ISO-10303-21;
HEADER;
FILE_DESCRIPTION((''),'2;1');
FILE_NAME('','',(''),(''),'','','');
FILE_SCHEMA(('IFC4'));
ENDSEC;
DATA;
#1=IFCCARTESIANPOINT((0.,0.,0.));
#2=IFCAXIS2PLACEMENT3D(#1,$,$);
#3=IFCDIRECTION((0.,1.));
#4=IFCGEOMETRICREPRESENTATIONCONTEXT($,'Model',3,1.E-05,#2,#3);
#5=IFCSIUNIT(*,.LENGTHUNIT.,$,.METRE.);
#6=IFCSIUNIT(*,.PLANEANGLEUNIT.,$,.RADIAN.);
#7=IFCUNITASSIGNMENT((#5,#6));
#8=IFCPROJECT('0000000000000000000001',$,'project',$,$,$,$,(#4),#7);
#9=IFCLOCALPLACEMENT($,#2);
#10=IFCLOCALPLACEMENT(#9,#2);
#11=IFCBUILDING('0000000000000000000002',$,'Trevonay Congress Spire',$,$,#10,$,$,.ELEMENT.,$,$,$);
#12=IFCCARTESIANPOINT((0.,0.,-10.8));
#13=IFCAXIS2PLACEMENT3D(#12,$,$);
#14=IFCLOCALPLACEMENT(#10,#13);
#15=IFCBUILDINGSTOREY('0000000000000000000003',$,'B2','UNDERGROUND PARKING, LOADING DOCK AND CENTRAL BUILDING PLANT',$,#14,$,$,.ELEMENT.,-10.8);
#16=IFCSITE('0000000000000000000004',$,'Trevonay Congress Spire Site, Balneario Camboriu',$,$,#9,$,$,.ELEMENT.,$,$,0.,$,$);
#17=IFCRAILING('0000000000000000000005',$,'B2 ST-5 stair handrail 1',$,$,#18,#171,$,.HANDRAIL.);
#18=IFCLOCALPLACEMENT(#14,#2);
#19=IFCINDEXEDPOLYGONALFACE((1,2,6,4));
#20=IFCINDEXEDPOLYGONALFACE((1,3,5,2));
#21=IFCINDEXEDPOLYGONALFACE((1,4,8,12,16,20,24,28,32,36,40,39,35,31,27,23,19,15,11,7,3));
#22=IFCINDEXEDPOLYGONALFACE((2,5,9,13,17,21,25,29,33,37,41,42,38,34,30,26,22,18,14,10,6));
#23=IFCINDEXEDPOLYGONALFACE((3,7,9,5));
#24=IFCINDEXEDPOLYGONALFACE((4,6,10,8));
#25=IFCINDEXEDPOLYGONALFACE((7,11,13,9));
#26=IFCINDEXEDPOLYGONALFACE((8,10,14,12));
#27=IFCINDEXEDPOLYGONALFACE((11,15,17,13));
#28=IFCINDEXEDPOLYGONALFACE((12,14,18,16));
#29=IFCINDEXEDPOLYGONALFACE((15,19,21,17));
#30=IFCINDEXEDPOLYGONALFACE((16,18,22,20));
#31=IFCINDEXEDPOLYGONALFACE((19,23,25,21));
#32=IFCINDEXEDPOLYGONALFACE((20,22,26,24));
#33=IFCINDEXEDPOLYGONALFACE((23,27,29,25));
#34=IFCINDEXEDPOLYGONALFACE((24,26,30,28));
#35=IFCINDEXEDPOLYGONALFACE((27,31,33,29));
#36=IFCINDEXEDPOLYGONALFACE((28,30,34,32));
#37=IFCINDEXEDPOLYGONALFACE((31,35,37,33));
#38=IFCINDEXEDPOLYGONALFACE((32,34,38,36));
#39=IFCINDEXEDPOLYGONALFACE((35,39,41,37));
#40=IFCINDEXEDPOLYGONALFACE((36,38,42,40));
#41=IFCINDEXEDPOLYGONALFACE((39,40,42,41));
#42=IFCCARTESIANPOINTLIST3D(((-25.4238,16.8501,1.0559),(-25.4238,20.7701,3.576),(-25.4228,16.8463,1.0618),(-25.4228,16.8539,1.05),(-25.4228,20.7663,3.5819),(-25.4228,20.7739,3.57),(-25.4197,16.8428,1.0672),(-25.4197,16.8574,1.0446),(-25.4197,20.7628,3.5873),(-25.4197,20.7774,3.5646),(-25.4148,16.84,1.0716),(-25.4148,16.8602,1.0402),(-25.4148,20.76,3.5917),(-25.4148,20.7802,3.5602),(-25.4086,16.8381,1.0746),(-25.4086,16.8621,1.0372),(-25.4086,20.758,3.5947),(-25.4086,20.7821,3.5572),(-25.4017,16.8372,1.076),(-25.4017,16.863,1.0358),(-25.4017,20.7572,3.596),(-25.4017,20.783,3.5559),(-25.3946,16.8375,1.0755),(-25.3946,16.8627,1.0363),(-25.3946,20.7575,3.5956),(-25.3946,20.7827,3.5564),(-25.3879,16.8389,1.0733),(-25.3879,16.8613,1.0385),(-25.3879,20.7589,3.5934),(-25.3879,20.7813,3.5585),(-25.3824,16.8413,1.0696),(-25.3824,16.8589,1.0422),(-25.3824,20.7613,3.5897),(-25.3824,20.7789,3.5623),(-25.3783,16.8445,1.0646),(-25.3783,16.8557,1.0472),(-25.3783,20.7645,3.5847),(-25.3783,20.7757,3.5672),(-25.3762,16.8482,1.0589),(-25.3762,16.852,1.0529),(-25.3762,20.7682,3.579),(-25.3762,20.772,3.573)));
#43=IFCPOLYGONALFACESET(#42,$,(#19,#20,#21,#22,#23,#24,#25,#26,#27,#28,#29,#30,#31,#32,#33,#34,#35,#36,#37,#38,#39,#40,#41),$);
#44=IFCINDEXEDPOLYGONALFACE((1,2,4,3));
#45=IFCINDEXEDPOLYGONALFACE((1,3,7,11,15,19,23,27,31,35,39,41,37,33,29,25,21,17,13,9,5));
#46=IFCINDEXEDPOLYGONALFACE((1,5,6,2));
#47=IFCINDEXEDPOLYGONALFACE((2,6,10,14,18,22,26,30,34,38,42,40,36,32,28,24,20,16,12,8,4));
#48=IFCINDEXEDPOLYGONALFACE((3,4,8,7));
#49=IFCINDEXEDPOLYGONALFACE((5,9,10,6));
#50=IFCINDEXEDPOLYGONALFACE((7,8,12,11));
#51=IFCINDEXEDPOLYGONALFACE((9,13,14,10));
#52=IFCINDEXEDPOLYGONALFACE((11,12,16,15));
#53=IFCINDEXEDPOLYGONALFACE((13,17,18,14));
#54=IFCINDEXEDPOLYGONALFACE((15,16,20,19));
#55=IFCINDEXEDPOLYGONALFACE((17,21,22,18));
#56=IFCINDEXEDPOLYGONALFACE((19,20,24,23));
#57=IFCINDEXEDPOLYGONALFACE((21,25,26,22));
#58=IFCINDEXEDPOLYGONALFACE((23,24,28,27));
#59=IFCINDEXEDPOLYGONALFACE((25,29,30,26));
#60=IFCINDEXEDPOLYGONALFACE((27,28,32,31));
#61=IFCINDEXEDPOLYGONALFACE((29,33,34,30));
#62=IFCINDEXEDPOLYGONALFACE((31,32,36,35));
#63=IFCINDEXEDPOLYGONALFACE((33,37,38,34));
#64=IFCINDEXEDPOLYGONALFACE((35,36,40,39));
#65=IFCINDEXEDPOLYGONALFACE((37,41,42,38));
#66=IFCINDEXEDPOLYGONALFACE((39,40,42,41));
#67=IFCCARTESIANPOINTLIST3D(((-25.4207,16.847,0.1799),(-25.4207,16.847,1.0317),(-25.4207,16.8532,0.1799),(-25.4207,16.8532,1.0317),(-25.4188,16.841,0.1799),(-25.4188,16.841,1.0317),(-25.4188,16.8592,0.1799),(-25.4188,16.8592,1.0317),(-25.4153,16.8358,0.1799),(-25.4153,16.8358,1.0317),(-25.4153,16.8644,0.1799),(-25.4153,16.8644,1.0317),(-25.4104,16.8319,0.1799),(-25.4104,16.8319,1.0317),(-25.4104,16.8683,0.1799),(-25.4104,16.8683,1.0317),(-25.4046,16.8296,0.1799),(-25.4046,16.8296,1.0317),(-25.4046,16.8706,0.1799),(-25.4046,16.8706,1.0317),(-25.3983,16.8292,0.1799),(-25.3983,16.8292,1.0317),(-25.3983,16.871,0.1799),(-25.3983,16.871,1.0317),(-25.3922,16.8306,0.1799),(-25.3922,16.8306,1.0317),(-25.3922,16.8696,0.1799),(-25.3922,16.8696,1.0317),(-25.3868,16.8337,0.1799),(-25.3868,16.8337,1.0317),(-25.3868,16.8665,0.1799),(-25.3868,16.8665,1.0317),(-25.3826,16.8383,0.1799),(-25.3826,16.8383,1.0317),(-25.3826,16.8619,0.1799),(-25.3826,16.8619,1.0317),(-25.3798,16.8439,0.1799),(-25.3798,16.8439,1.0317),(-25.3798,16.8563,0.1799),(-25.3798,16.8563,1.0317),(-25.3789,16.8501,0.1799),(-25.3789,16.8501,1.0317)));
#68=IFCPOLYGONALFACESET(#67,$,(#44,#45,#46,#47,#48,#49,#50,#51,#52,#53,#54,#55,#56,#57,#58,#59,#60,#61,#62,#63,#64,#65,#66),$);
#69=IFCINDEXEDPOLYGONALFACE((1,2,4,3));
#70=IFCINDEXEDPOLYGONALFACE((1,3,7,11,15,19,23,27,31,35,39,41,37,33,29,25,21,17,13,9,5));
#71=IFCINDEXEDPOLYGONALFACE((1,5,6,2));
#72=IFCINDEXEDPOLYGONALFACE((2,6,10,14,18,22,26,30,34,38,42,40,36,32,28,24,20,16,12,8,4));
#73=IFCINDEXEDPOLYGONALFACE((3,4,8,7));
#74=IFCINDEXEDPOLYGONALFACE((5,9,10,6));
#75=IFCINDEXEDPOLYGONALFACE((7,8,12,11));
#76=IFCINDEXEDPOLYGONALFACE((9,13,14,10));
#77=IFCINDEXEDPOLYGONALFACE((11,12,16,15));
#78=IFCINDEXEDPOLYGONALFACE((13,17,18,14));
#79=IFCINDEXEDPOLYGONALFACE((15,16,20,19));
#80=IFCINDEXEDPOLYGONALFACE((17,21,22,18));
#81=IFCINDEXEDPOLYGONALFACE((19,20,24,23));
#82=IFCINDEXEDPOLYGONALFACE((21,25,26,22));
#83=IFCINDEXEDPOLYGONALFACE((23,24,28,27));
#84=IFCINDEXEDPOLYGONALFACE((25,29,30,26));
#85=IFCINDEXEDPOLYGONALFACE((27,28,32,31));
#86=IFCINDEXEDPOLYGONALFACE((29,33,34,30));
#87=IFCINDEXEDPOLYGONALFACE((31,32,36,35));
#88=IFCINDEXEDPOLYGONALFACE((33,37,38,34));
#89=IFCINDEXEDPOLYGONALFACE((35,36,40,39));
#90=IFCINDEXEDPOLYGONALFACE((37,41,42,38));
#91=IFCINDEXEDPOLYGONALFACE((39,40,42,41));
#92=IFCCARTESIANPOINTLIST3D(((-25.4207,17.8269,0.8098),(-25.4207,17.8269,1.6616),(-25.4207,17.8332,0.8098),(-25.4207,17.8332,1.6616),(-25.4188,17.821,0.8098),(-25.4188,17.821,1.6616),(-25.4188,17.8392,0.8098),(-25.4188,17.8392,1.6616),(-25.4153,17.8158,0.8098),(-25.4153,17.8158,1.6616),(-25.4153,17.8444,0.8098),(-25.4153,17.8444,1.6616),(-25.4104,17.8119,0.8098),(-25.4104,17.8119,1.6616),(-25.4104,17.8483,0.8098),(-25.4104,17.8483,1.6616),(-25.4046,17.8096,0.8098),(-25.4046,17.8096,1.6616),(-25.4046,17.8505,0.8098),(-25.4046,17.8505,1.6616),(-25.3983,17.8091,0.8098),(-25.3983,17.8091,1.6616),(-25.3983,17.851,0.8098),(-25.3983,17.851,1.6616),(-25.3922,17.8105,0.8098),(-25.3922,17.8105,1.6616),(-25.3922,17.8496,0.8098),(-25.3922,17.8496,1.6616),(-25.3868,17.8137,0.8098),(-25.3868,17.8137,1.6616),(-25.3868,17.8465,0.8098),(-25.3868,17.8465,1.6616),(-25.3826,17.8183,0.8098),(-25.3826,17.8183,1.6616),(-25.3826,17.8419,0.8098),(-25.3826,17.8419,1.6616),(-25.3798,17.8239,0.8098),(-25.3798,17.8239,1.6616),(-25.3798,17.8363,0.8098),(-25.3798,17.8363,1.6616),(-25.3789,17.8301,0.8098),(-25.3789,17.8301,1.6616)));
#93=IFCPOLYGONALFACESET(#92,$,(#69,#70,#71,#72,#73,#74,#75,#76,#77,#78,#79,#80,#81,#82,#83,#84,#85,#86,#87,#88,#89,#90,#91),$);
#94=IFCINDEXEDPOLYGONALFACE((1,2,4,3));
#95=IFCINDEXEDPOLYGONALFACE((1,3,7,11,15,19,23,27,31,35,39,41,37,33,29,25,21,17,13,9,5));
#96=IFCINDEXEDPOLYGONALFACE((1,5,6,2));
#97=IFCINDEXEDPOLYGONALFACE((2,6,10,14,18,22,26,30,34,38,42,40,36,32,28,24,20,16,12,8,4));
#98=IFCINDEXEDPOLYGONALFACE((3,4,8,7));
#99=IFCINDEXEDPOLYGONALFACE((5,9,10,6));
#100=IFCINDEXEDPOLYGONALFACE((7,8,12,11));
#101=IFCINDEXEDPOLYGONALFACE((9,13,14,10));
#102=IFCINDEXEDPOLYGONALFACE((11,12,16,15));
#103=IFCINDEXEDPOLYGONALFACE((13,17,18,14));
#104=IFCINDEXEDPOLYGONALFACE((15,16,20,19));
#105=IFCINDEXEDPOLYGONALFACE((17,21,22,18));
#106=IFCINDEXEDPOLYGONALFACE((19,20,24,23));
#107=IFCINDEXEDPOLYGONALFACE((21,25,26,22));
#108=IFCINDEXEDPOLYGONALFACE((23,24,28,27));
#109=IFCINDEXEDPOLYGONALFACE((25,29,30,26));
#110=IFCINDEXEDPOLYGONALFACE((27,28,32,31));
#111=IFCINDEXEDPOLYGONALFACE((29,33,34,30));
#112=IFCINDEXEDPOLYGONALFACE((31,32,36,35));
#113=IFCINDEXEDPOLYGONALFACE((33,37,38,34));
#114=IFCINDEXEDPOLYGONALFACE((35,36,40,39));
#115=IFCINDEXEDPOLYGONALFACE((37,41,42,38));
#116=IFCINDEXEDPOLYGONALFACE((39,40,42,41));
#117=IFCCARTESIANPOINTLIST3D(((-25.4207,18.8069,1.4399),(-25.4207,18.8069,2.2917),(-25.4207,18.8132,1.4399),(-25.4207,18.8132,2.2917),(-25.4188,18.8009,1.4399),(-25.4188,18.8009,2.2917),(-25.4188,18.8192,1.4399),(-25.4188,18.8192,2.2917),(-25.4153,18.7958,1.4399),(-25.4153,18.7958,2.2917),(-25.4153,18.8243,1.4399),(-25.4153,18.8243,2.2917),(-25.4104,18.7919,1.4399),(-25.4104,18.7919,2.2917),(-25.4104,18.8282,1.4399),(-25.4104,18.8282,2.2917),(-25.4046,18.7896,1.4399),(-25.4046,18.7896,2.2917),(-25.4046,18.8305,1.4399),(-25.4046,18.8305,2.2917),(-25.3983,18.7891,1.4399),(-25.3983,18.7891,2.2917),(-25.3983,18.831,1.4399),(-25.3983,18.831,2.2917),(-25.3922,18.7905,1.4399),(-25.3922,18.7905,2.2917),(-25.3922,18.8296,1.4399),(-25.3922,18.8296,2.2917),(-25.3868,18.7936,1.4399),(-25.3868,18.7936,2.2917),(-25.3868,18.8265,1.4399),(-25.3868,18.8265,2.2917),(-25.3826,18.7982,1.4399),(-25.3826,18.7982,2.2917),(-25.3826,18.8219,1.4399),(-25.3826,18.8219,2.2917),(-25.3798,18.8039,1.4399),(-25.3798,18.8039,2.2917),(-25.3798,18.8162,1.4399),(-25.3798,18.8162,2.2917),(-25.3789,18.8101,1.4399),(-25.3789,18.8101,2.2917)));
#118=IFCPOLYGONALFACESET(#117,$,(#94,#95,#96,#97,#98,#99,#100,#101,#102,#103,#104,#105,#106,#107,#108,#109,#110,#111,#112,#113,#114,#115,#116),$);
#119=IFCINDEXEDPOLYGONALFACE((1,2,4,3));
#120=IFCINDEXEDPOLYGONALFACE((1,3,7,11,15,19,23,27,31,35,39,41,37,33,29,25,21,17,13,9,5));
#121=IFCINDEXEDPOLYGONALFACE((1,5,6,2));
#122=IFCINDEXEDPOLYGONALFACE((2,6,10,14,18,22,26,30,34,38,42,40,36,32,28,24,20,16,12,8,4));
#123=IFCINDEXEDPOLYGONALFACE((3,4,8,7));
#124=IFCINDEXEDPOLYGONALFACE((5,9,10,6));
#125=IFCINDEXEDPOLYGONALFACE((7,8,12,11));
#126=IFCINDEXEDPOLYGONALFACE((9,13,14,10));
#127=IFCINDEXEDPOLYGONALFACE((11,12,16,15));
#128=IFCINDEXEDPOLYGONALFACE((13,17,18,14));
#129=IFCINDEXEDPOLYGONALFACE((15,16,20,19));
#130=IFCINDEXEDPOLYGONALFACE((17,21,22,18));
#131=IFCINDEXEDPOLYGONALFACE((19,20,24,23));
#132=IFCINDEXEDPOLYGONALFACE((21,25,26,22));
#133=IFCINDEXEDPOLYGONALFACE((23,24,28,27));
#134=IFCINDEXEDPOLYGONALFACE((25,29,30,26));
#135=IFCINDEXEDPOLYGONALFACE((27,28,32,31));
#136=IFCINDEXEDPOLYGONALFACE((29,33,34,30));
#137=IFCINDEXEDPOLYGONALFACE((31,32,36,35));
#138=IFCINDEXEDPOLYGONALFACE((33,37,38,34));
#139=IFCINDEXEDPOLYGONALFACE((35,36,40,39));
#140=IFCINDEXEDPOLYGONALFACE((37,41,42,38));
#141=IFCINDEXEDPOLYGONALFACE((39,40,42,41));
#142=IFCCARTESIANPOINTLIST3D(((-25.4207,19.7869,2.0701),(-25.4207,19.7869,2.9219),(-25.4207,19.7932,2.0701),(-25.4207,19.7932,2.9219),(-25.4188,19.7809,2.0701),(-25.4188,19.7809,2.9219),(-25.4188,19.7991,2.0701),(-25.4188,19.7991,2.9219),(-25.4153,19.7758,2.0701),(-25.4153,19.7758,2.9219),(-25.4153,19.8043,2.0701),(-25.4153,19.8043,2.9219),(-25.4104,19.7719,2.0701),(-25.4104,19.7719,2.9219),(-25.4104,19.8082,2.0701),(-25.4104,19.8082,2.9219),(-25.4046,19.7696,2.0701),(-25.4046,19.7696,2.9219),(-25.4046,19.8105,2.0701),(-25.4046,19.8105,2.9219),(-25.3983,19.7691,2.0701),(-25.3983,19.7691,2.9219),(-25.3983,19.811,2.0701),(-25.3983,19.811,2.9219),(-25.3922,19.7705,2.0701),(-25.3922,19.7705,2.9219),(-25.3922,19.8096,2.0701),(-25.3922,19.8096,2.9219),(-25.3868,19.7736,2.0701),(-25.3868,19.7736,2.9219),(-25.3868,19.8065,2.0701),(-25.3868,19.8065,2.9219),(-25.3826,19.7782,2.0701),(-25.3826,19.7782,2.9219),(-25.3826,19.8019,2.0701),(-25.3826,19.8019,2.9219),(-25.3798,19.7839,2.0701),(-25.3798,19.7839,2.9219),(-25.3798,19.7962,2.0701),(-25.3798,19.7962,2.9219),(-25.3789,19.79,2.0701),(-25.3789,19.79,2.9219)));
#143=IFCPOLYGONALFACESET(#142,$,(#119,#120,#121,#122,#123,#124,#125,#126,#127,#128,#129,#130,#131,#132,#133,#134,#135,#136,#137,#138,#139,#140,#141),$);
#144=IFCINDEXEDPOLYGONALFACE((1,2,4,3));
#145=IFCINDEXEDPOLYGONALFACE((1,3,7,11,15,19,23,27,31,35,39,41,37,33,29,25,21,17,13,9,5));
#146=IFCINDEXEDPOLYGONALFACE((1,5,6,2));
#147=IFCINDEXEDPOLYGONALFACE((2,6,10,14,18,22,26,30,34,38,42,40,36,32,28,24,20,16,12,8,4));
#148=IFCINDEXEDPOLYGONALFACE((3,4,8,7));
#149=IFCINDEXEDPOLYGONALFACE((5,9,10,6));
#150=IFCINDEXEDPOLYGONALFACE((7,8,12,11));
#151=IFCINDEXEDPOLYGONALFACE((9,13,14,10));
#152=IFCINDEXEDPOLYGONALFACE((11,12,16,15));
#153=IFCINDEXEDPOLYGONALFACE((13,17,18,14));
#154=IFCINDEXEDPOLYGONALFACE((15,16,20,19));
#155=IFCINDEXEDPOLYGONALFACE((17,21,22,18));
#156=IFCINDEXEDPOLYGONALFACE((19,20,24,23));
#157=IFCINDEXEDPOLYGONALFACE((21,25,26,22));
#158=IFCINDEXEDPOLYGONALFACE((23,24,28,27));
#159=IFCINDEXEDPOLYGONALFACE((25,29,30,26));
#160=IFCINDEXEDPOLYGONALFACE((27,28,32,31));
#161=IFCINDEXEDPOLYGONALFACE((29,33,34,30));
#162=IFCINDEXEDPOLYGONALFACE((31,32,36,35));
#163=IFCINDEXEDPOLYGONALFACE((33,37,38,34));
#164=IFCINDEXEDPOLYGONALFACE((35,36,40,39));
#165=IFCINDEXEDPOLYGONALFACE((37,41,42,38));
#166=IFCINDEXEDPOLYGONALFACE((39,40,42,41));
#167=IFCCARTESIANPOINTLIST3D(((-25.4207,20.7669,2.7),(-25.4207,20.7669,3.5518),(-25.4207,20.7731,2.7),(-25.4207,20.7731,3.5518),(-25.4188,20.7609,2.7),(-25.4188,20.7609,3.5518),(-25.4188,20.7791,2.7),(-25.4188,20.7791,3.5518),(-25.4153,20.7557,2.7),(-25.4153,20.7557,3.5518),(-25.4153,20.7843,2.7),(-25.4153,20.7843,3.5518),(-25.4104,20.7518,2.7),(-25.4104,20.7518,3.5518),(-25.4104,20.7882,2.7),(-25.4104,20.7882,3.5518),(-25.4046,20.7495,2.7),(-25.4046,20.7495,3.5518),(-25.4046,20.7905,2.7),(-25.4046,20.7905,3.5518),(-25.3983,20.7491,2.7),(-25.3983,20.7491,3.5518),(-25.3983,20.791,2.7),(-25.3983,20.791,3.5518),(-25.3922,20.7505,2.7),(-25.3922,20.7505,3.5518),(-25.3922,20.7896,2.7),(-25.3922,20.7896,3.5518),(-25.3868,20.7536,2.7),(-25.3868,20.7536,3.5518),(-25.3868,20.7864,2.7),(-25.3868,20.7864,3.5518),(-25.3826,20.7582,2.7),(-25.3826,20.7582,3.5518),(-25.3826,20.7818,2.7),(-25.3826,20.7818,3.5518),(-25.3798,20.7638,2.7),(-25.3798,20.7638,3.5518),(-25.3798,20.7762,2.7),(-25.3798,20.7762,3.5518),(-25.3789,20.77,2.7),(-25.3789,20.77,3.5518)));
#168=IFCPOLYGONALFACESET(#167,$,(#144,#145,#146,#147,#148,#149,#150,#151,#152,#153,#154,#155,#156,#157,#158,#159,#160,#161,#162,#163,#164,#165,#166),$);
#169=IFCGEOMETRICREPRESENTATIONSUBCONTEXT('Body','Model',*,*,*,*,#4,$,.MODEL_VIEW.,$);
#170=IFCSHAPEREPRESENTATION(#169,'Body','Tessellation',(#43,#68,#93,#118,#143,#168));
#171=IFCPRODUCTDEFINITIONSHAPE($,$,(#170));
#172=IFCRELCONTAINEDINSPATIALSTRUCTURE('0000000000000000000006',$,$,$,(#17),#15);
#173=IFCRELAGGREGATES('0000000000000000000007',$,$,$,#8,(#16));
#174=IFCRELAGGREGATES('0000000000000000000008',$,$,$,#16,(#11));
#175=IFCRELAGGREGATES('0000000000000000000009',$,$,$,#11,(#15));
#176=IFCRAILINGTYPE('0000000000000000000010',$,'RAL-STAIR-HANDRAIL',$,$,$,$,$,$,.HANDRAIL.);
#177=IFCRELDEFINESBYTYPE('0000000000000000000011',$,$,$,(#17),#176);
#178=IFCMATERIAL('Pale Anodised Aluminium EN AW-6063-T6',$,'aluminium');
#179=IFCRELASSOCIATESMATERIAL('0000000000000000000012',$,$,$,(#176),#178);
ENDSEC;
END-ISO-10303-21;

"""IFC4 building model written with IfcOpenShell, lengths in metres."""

from ifc_helpers import new_model, si_unit, direction, frame, origin, origin_2d, place, context, subcontext, project, spatial, circle, extrude, material, type_object, element, save


model = new_model("IFC4")

# Units and contexts
model_context = context("Model", 3, precision=1e-05, world=origin(), true_north=direction((0.0, 1.0)))
body_context = subcontext(model_context, "Body", "Model", "MODEL_VIEW")
ifc_project = project(units=[si_unit("LENGTHUNIT", "METRE"), si_unit("PLANEANGLEUNIT", "RADIAN")], contexts=[model_context])

# Site, building, storey
site_placement = place(None, origin())
site = spatial("IfcSite", under=ifc_project, at=site_placement, Name="Trevonay Congress Spire Site, Balneario Camboriu", CompositionType="ELEMENT", RefElevation=0.0)
building_placement = place(site_placement, origin())
building = spatial("IfcBuilding", under=site, at=building_placement, Name="Trevonay Congress Spire", CompositionType="ELEMENT")
storey_placement = place(building_placement, frame((0.0, 0.0, -10.8)))
storey = spatial("IfcBuildingStorey", under=building, at=storey_placement, Name="B2", Description="UNDERGROUND PARKING, LOADING DOCK AND CENTRAL BUILDING PLANT", CompositionType="ELEMENT", Elevation=-10.8)

# Railing
ifc_material_1 = material(Name="Pale Anodised Aluminium EN AW-6063-T6", Category="aluminium")
railing_type_1 = type_object("IfcRailingType", Name="RAL-STAIR-HANDRAIL", PredefinedType="HANDRAIL", material=ifc_material_1)
railing_1_placement = place(storey_placement, frame((-25.3999, 16.8501, 0.1799)))
element("IfcRailing", 1, at=railing_1_placement, inside=storey, type_object=railing_type_1, Name="B2 ST-5 stair handrail 1", PredefinedType="HANDRAIL", context=body_context, shape_type="SweptSolid", body=[
    extrude(circle(Radius=0.0239, at=origin_2d()), frame((0.0, 0.0, 0.876), z_axis=(0.0, 0.841172, 0.540768), x_axis=(-1.0, 0.0, 0.0)), (0.0, 0.0, 1.0), 4.6602),
    extrude(circle(Radius=0.021, at=origin_2d()), origin(), (0.0, 0.0, 1.0), 0.8518),
    extrude(circle(Radius=0.021, at=origin_2d()), frame((0.0, 0.98, 0.6299)), (0.0, 0.0, 1.0), 0.8518),
    extrude(circle(Radius=0.021, at=origin_2d()), frame((0.0, 1.96, 1.26)), (0.0, 0.0, 1.0), 0.8518),
    extrude(circle(Radius=0.021, at=origin_2d()), frame((0.0, 2.9399, 1.8901)), (0.0, 0.0, 1.0), 0.8518),
    extrude(circle(Radius=0.021, at=origin_2d()), frame((0.0, 3.9199, 2.52)), (0.0, 0.0, 1.0), 0.8518),
])

save(model, "model.ifc")
